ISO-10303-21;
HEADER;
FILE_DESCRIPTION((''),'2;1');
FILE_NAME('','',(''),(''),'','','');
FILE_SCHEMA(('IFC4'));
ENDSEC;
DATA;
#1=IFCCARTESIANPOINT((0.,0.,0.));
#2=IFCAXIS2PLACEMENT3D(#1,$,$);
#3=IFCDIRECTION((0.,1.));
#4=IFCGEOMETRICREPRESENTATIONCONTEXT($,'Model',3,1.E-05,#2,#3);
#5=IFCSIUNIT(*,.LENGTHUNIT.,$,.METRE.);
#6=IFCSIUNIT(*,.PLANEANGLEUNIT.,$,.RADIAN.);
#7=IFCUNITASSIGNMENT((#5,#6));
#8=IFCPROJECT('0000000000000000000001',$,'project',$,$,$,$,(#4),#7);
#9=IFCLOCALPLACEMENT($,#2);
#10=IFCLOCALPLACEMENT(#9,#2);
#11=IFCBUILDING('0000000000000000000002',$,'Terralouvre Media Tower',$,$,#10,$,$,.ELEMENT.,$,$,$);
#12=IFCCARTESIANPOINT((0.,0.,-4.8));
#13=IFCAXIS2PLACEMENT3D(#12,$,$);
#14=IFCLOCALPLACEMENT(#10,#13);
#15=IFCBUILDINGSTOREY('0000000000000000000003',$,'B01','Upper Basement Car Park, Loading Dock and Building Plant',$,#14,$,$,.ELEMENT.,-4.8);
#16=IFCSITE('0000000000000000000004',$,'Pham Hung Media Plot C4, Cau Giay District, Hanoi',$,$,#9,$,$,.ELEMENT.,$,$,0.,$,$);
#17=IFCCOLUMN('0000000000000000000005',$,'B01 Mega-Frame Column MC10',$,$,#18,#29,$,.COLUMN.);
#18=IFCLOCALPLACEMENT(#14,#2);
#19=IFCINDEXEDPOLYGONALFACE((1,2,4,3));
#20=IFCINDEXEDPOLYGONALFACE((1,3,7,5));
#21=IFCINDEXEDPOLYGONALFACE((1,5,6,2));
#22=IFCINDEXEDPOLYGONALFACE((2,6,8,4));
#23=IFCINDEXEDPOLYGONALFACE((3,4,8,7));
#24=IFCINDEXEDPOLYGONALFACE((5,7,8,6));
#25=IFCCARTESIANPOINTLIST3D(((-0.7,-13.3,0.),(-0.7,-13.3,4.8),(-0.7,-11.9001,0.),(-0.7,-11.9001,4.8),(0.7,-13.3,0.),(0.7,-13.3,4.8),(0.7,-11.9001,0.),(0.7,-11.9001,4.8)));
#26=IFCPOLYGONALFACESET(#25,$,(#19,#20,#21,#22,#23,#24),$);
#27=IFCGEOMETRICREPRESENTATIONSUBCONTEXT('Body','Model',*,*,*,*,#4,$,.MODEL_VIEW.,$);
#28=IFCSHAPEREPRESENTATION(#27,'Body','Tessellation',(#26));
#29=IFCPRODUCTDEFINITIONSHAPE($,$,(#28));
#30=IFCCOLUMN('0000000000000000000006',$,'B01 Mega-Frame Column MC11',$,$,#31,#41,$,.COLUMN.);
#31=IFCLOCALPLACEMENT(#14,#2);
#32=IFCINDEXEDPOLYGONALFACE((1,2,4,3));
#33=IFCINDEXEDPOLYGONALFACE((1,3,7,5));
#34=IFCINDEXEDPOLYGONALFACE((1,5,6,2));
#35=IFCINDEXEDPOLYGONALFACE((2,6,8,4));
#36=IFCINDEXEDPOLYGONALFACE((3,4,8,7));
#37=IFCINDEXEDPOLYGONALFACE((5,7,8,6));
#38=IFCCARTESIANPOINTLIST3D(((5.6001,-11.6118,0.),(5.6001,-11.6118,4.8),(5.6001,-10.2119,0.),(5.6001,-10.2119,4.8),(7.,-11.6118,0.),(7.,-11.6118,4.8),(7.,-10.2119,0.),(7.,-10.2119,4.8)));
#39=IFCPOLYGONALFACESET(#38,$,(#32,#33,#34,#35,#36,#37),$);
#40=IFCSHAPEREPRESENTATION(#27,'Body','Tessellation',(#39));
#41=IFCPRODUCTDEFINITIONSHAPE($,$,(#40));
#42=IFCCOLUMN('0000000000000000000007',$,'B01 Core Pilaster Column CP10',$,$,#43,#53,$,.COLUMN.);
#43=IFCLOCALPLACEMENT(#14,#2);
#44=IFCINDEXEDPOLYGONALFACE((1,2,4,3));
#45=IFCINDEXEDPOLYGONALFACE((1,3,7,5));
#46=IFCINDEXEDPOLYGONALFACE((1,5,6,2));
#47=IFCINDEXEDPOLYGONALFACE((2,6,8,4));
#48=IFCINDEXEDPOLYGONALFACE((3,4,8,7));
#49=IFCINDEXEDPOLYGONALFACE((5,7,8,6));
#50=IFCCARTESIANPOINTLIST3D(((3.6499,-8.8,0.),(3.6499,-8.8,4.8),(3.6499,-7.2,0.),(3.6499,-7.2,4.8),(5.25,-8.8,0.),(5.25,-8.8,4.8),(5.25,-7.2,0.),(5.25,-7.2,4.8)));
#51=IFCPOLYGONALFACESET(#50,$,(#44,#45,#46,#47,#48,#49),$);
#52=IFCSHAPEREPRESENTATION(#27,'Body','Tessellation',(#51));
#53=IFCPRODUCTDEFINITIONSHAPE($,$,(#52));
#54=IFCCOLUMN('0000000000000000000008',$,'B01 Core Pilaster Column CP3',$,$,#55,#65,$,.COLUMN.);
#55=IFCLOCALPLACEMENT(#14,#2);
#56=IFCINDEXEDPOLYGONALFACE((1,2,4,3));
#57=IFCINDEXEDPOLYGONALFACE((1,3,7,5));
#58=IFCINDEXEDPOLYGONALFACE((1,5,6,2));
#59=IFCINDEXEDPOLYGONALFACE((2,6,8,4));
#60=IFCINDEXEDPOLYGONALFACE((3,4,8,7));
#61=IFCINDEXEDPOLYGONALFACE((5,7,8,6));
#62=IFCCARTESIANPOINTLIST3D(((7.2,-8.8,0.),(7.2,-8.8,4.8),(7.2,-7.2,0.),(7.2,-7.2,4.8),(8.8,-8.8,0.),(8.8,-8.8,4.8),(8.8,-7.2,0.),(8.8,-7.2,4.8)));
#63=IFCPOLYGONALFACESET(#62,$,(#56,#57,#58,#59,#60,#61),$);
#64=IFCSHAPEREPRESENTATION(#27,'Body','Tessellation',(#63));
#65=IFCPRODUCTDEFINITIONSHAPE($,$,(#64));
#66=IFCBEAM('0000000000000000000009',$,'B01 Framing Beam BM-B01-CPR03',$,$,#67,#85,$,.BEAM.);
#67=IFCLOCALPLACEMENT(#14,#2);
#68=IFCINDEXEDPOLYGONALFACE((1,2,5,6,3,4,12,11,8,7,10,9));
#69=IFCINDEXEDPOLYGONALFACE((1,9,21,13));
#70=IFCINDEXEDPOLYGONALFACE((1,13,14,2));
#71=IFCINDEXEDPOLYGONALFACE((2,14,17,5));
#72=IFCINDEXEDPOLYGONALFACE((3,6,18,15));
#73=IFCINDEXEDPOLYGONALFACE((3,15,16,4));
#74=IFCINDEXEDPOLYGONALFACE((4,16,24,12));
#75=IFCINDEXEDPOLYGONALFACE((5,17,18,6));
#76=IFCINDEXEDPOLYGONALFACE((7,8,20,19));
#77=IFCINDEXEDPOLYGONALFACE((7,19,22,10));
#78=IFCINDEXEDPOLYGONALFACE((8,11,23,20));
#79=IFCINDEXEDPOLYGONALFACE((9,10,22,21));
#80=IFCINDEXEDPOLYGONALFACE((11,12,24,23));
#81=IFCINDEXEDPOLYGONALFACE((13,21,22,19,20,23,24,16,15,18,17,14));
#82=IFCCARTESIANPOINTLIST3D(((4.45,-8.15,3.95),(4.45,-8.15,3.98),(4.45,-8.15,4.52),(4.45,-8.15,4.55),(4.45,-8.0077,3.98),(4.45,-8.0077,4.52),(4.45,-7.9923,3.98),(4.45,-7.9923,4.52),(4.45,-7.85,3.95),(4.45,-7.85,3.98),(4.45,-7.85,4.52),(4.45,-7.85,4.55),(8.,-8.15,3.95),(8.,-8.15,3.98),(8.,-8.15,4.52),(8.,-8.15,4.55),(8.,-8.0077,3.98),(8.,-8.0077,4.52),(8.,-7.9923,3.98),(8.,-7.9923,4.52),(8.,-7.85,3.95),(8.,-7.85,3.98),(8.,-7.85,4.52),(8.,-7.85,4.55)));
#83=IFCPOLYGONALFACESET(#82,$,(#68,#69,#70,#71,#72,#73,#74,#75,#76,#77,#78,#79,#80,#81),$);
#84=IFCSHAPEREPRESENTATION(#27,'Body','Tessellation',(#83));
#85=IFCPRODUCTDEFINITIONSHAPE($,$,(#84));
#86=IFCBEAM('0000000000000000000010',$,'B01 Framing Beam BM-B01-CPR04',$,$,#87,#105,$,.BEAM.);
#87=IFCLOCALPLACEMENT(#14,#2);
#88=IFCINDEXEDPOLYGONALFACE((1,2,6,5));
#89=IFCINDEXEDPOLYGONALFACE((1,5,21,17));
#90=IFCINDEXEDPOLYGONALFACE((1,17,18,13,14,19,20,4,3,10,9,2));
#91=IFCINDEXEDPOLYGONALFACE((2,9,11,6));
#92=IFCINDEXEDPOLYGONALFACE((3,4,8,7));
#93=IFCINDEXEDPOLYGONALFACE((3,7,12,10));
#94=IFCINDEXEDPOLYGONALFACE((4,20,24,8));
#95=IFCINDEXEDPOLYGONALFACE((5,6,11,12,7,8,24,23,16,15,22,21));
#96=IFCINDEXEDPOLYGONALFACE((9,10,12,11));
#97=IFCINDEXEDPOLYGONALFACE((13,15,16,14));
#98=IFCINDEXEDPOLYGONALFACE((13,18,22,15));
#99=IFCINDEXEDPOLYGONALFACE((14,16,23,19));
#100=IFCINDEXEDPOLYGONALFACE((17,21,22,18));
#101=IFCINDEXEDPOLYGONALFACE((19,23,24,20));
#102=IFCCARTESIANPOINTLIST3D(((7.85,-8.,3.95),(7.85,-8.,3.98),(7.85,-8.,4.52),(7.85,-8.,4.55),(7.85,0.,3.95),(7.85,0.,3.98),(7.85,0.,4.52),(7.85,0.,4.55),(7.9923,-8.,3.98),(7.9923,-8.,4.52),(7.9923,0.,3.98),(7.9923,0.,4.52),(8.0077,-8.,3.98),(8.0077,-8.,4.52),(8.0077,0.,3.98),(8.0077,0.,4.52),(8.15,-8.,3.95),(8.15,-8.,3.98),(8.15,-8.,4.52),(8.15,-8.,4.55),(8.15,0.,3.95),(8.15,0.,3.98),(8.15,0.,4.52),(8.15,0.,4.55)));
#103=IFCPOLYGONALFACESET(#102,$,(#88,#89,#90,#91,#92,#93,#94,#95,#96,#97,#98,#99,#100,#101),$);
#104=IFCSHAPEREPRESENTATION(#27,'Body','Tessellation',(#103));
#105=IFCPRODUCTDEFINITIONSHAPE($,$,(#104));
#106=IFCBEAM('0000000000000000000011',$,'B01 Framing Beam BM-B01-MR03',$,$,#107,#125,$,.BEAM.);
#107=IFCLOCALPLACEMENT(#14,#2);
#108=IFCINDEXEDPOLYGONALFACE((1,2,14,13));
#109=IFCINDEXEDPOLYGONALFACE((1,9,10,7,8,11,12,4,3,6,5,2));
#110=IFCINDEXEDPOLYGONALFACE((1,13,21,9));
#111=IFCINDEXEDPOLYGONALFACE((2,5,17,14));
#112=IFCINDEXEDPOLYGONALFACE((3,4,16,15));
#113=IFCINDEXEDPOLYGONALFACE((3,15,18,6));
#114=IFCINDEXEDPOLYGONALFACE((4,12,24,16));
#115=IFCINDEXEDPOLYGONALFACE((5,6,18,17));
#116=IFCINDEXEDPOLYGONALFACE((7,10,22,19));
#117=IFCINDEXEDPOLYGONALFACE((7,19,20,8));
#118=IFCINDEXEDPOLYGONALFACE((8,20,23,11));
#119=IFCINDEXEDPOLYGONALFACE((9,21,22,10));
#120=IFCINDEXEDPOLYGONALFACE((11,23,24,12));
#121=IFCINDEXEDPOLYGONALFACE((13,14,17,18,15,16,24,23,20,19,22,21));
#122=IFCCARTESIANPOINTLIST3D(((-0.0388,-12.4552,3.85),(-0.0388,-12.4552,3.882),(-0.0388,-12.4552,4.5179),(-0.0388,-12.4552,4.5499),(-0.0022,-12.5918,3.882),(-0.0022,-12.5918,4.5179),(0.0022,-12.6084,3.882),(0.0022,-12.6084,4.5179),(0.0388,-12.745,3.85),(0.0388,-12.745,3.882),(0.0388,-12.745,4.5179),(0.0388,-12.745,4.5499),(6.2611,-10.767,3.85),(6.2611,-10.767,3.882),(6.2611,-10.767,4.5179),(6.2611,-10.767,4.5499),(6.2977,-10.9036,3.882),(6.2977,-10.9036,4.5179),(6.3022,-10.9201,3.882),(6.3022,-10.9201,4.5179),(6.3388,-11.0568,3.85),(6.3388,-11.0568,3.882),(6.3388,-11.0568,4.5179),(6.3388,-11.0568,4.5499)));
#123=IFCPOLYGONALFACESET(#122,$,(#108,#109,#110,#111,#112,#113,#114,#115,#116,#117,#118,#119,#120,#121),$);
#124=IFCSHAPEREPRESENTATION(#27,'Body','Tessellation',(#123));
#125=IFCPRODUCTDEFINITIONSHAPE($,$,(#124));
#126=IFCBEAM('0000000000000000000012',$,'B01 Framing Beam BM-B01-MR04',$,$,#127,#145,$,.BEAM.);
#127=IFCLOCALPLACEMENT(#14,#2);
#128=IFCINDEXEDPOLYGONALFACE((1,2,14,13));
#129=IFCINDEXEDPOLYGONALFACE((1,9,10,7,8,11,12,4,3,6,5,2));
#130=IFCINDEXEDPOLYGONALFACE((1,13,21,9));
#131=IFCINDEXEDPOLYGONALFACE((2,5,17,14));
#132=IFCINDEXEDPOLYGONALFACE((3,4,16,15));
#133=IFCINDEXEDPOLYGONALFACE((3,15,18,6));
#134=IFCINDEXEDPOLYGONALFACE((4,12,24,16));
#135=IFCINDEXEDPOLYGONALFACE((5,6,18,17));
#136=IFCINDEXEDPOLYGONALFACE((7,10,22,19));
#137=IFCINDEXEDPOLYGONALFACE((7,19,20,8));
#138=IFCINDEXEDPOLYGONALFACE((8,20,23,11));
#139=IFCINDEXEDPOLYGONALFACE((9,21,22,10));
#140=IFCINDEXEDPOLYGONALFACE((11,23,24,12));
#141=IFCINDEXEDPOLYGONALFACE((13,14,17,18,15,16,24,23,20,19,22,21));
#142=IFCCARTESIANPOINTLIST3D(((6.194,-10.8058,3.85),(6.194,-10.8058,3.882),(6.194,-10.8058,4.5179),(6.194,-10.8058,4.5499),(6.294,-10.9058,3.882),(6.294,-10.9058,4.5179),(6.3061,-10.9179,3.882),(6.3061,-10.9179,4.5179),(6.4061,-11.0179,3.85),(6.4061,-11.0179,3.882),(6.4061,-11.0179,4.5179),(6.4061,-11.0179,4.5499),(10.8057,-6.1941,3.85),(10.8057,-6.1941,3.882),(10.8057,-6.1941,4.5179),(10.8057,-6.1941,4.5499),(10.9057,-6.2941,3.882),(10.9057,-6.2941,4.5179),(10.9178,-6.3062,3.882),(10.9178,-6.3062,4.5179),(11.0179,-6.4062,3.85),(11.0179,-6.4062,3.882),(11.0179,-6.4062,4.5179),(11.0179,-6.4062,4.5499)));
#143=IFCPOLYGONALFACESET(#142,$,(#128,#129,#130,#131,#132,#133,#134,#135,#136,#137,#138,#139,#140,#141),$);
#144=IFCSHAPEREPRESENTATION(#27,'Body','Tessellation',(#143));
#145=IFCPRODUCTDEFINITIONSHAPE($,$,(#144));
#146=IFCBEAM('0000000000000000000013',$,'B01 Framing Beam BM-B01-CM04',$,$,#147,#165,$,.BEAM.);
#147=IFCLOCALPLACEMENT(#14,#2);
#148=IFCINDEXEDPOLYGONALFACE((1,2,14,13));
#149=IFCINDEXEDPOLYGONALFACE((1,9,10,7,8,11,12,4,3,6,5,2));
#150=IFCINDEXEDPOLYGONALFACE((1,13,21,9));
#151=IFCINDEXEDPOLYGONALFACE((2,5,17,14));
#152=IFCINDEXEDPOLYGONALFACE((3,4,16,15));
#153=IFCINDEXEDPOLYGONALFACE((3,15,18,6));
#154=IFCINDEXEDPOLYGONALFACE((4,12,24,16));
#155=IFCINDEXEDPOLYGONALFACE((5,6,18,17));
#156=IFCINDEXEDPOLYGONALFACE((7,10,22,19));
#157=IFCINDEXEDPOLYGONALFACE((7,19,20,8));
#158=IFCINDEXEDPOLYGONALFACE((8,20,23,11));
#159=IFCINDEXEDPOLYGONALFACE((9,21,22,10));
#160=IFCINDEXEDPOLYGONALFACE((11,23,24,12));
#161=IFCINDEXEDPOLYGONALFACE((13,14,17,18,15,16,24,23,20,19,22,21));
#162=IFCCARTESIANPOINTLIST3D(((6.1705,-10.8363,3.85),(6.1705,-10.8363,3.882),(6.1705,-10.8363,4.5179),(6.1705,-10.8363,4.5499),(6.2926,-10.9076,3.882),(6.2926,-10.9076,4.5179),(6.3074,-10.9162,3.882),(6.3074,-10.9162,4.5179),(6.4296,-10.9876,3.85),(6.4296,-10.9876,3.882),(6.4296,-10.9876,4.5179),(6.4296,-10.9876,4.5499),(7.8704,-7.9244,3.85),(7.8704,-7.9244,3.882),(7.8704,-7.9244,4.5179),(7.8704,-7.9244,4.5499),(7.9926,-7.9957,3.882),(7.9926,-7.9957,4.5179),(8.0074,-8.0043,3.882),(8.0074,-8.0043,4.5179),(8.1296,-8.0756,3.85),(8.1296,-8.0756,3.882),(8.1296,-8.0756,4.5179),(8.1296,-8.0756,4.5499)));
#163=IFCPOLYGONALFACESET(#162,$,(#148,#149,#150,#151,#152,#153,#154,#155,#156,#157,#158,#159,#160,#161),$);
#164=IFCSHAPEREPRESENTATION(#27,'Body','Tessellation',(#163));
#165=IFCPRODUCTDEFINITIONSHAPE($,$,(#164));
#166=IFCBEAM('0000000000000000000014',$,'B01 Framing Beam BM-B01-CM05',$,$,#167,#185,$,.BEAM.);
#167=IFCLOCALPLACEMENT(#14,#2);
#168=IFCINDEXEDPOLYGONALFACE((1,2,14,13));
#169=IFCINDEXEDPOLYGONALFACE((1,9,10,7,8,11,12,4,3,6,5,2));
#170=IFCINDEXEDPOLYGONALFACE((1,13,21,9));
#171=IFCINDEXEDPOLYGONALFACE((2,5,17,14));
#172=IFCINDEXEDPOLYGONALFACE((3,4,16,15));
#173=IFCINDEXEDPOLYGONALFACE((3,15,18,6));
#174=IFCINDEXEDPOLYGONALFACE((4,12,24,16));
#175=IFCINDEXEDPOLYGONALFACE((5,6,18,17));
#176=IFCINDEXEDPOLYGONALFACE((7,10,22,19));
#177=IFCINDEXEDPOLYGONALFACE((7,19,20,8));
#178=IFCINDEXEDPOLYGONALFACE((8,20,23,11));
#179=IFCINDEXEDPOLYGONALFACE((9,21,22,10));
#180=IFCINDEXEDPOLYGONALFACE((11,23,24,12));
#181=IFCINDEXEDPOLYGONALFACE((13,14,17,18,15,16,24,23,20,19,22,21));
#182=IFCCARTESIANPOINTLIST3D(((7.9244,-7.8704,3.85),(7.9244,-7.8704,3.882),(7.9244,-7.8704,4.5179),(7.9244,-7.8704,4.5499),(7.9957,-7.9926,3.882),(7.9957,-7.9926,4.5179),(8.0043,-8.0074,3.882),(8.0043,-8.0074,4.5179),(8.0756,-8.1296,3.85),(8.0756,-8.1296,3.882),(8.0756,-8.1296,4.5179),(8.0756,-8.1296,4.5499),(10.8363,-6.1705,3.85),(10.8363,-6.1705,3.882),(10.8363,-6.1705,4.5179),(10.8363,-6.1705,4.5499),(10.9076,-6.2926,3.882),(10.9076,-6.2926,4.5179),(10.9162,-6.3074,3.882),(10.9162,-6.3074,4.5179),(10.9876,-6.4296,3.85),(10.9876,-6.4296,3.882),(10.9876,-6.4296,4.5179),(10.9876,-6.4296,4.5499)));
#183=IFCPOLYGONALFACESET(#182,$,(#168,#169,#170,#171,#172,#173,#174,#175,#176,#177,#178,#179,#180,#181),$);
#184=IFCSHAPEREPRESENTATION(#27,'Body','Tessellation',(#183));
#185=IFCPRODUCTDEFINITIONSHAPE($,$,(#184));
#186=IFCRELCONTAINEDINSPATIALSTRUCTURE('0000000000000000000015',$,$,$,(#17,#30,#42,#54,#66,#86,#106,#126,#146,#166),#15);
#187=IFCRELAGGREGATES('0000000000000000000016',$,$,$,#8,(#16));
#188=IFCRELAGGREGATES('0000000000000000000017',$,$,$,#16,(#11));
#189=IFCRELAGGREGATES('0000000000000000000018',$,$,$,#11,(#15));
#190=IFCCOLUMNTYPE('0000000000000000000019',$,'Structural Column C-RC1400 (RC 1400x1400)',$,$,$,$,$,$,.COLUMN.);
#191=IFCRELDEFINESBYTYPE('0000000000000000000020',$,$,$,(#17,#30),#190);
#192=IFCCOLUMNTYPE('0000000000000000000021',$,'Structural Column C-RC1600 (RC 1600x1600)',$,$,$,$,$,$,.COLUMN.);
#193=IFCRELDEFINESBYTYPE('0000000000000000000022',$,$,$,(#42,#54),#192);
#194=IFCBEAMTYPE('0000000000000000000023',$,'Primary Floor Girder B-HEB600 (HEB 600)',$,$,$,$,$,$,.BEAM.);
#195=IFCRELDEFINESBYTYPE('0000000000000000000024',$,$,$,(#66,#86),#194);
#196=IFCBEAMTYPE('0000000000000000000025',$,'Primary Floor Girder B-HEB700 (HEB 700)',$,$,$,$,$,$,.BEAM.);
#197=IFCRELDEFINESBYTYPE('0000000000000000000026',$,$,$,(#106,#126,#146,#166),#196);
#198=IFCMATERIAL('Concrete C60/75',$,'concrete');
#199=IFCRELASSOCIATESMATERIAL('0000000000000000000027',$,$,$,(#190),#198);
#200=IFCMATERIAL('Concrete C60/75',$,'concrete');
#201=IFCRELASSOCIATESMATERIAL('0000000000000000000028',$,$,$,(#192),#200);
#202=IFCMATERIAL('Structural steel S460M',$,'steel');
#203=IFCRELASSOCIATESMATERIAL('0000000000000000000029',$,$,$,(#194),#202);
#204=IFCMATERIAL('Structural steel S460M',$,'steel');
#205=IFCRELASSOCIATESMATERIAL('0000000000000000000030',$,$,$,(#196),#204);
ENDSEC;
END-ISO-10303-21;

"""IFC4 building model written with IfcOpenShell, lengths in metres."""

from ifc_helpers import new_model, si_unit, direction, frame, origin, origin_2d, place, context, subcontext, project, spatial, rectangle, i_section, extrude, material, material_profile, profile_set, type_object, element, save


model = new_model("IFC4")

# Units and contexts
model_context = context("Model", 3, precision=1e-05, world=origin(), true_north=direction((0.0, 1.0)))
body_context = subcontext(model_context, "Body", "Model", "MODEL_VIEW")
ifc_project = project(units=[si_unit("LENGTHUNIT", "METRE"), si_unit("PLANEANGLEUNIT", "RADIAN")], contexts=[model_context])

# Site, building, storey
site_placement = place(None, origin())
site = spatial("IfcSite", under=ifc_project, at=site_placement, Name="Pham Hung Media Plot C4, Cau Giay District, Hanoi", CompositionType="ELEMENT", RefElevation=0.0)
building_placement = place(site_placement, origin())
building = spatial("IfcBuilding", under=site, at=building_placement, Name="Terralouvre Media Tower", CompositionType="ELEMENT")
storey_placement = place(building_placement, frame((0.0, 0.0, -4.8)))
storey = spatial("IfcBuildingStorey", under=building, at=storey_placement, Name="B01", Description="Upper Basement Car Park, Loading Dock and Building Plant", CompositionType="ELEMENT", Elevation=-4.8)

# Columns
ifc_material_1 = material(Name="Concrete C60/75", Category="concrete")
ifc_material_profile_1 = material_profile(ifc_material_1, rectangle(XDim=1.3999, YDim=1.3999, at=origin_2d()), Name="RC 1400x1400")
ifc_profile_set_1 = profile_set([ifc_material_profile_1], Name="Concrete C60/75")
column_type_1 = type_object("IfcColumnType", Name="Structural Column C-RC1400 (RC 1400x1400)", PredefinedType="COLUMN", material=ifc_profile_set_1)
for number, where, z_axis, x_axis, name in (
    (1, (0.0, -12.6001, 0.0), (0.0, 0.0, 1.0), (1.0, 0.0, 0.0), "B01 Mega-Frame Column MC10"),
    (2, (6.3, -10.9119, 0.0), (0.0, 0.0, 1.0), (1.0, 0.0, 0.0), "B01 Mega-Frame Column MC11"),
):
    element("IfcColumn", number, at=place(storey_placement, frame(where, z_axis=z_axis, x_axis=x_axis)), inside=storey, type_object=column_type_1, Name=name, PredefinedType="COLUMN", context=body_context, shape_type="SweptSolid", body=[
        extrude(rectangle(XDim=1.3999, YDim=1.3999, at=origin_2d()), origin(), (0.0, 0.0, 1.0), 4.8),
    ])
ifc_material_2 = material(Name="Concrete C60/75", Category="concrete")
ifc_material_profile_2 = material_profile(ifc_material_2, rectangle(XDim=1.6001, YDim=1.6001, at=origin_2d()), Name="RC 1600x1600")
ifc_profile_set_2 = profile_set([ifc_material_profile_2], Name="Concrete C60/75")
column_type_2 = type_object("IfcColumnType", Name="Structural Column C-RC1600 (RC 1600x1600)", PredefinedType="COLUMN", material=ifc_profile_set_2)
for number, where, z_axis, x_axis, name in (
    (3, (4.45, -8.0, 0.0), (0.0, 0.0, 1.0), (1.0, 0.0, 0.0), "B01 Core Pilaster Column CP10"),
    (4, (8.0, -8.0, 0.0), (0.0, 0.0, 1.0), (1.0, 0.0, 0.0), "B01 Core Pilaster Column CP3"),
):
    element("IfcColumn", number, at=place(storey_placement, frame(where, z_axis=z_axis, x_axis=x_axis)), inside=storey, type_object=column_type_2, Name=name, PredefinedType="COLUMN", context=body_context, shape_type="SweptSolid", body=[
        extrude(rectangle(XDim=1.6001, YDim=1.6001, at=origin_2d()), origin(), (0.0, 0.0, 1.0), 4.8),
    ])

# Beams
ifc_material_3 = material(Name="Structural steel S460M", Category="steel")
ifc_material_profile_3 = material_profile(ifc_material_3, i_section(OverallWidth=0.3, OverallDepth=0.6001, WebThickness=0.0154, FlangeThickness=0.03, at=origin_2d()), Name="HEB 600")
ifc_profile_set_3 = profile_set([ifc_material_profile_3], Name="Structural steel S460M")
beam_type_1 = type_object("IfcBeamType", Name="Primary Floor Girder B-HEB600 (HEB 600)", PredefinedType="BEAM", material=ifc_profile_set_3)
beam_1_placement = place(storey_placement, frame((4.45, -8.0, 4.25), z_axis=(1.0, 0.0, 0.0), x_axis=(0.0, 1.0, 0.0)))
element("IfcBeam", 5, at=beam_1_placement, inside=storey, type_object=beam_type_1, Name="B01 Framing Beam BM-B01-CPR03", PredefinedType="BEAM", context=body_context, shape_type="SweptSolid", body=[
    extrude(i_section(OverallWidth=0.3, OverallDepth=0.6001, WebThickness=0.0154, FlangeThickness=0.03, at=origin_2d()), origin(), (0.0, 0.0, 1.0), 3.55),
])
beam_2_placement = place(storey_placement, frame((8.0, -8.0, 4.25), z_axis=(0.0, 1.0, 0.0), x_axis=(-1.0, 0.0, 0.0)))
element("IfcBeam", 6, at=beam_2_placement, inside=storey, type_object=beam_type_1, Name="B01 Framing Beam BM-B01-CPR04", PredefinedType="BEAM", context=body_context, shape_type="SweptSolid", body=[
    extrude(i_section(OverallWidth=0.3, OverallDepth=0.6001, WebThickness=0.0154, FlangeThickness=0.03, at=origin_2d()), origin(), (0.0, 0.0, 1.0), 8.0),
])
ifc_material_4 = material(Name="Structural steel S460M", Category="steel")
ifc_material_profile_4 = material_profile(ifc_material_4, i_section(OverallWidth=0.3, OverallDepth=0.7, WebThickness=0.0171, FlangeThickness=0.032, at=origin_2d()), Name="HEB 700")
ifc_profile_set_4 = profile_set([ifc_material_profile_4], Name="Structural steel S460M")
beam_type_2 = type_object("IfcBeamType", Name="Primary Floor Girder B-HEB700 (HEB 700)", PredefinedType="BEAM", material=ifc_profile_set_4)
beam_3_placement = place(storey_placement, frame((0.0, -12.6001, 4.2), z_axis=(0.96592, 0.258839, 0.0), x_axis=(-0.258839, 0.96592, 0.0)))
element("IfcBeam", 7, at=beam_3_placement, inside=storey, type_object=beam_type_2, Name="B01 Framing Beam BM-B01-MR03", PredefinedType="BEAM", context=body_context, shape_type="SweptSolid", body=[
    extrude(i_section(OverallWidth=0.3, OverallDepth=0.7, WebThickness=0.0171, FlangeThickness=0.032, at=origin_2d()), origin(), (0.0, 0.0, 1.0), 6.5222),
])
beam_4_placement = place(storey_placement, frame((6.3, -10.9119, 4.2), z_axis=(0.707107, 0.707107, 0.0), x_axis=(-0.707107, 0.707107, 0.0)))
element("IfcBeam", 8, at=beam_4_placement, inside=storey, type_object=beam_type_2, Name="B01 Framing Beam BM-B01-MR04", PredefinedType="BEAM", context=body_context, shape_type="SweptSolid", body=[
    extrude(i_section(OverallWidth=0.3, OverallDepth=0.7, WebThickness=0.0171, FlangeThickness=0.032, at=origin_2d()), origin(), (0.0, 0.0, 1.0), 6.522),
])
for number, where, z_axis, x_axis, name in (
    (9, (8.0, -8.0, 4.2), (-0.504173, -0.863603, 0.0), (0.863603, -0.504173, 0.0), "B01 Framing Beam BM-B01-CM04"),
    (10, (8.0, -8.0, 4.2), (0.863603, 0.504173, 0.0), (-0.504173, 0.863603, 0.0), "B01 Framing Beam BM-B01-CM05"),
):
    element("IfcBeam", number, at=place(storey_placement, frame(where, z_axis=z_axis, x_axis=x_axis)), inside=storey, type_object=beam_type_2, Name=name, PredefinedType="BEAM", context=body_context, shape_type="SweptSolid", body=[
        extrude(i_section(OverallWidth=0.3, OverallDepth=0.7, WebThickness=0.0171, FlangeThickness=0.032, at=origin_2d()), origin(), (0.0, 0.0, 1.0), 3.3718),
    ])

save(model, "model.ifc")
